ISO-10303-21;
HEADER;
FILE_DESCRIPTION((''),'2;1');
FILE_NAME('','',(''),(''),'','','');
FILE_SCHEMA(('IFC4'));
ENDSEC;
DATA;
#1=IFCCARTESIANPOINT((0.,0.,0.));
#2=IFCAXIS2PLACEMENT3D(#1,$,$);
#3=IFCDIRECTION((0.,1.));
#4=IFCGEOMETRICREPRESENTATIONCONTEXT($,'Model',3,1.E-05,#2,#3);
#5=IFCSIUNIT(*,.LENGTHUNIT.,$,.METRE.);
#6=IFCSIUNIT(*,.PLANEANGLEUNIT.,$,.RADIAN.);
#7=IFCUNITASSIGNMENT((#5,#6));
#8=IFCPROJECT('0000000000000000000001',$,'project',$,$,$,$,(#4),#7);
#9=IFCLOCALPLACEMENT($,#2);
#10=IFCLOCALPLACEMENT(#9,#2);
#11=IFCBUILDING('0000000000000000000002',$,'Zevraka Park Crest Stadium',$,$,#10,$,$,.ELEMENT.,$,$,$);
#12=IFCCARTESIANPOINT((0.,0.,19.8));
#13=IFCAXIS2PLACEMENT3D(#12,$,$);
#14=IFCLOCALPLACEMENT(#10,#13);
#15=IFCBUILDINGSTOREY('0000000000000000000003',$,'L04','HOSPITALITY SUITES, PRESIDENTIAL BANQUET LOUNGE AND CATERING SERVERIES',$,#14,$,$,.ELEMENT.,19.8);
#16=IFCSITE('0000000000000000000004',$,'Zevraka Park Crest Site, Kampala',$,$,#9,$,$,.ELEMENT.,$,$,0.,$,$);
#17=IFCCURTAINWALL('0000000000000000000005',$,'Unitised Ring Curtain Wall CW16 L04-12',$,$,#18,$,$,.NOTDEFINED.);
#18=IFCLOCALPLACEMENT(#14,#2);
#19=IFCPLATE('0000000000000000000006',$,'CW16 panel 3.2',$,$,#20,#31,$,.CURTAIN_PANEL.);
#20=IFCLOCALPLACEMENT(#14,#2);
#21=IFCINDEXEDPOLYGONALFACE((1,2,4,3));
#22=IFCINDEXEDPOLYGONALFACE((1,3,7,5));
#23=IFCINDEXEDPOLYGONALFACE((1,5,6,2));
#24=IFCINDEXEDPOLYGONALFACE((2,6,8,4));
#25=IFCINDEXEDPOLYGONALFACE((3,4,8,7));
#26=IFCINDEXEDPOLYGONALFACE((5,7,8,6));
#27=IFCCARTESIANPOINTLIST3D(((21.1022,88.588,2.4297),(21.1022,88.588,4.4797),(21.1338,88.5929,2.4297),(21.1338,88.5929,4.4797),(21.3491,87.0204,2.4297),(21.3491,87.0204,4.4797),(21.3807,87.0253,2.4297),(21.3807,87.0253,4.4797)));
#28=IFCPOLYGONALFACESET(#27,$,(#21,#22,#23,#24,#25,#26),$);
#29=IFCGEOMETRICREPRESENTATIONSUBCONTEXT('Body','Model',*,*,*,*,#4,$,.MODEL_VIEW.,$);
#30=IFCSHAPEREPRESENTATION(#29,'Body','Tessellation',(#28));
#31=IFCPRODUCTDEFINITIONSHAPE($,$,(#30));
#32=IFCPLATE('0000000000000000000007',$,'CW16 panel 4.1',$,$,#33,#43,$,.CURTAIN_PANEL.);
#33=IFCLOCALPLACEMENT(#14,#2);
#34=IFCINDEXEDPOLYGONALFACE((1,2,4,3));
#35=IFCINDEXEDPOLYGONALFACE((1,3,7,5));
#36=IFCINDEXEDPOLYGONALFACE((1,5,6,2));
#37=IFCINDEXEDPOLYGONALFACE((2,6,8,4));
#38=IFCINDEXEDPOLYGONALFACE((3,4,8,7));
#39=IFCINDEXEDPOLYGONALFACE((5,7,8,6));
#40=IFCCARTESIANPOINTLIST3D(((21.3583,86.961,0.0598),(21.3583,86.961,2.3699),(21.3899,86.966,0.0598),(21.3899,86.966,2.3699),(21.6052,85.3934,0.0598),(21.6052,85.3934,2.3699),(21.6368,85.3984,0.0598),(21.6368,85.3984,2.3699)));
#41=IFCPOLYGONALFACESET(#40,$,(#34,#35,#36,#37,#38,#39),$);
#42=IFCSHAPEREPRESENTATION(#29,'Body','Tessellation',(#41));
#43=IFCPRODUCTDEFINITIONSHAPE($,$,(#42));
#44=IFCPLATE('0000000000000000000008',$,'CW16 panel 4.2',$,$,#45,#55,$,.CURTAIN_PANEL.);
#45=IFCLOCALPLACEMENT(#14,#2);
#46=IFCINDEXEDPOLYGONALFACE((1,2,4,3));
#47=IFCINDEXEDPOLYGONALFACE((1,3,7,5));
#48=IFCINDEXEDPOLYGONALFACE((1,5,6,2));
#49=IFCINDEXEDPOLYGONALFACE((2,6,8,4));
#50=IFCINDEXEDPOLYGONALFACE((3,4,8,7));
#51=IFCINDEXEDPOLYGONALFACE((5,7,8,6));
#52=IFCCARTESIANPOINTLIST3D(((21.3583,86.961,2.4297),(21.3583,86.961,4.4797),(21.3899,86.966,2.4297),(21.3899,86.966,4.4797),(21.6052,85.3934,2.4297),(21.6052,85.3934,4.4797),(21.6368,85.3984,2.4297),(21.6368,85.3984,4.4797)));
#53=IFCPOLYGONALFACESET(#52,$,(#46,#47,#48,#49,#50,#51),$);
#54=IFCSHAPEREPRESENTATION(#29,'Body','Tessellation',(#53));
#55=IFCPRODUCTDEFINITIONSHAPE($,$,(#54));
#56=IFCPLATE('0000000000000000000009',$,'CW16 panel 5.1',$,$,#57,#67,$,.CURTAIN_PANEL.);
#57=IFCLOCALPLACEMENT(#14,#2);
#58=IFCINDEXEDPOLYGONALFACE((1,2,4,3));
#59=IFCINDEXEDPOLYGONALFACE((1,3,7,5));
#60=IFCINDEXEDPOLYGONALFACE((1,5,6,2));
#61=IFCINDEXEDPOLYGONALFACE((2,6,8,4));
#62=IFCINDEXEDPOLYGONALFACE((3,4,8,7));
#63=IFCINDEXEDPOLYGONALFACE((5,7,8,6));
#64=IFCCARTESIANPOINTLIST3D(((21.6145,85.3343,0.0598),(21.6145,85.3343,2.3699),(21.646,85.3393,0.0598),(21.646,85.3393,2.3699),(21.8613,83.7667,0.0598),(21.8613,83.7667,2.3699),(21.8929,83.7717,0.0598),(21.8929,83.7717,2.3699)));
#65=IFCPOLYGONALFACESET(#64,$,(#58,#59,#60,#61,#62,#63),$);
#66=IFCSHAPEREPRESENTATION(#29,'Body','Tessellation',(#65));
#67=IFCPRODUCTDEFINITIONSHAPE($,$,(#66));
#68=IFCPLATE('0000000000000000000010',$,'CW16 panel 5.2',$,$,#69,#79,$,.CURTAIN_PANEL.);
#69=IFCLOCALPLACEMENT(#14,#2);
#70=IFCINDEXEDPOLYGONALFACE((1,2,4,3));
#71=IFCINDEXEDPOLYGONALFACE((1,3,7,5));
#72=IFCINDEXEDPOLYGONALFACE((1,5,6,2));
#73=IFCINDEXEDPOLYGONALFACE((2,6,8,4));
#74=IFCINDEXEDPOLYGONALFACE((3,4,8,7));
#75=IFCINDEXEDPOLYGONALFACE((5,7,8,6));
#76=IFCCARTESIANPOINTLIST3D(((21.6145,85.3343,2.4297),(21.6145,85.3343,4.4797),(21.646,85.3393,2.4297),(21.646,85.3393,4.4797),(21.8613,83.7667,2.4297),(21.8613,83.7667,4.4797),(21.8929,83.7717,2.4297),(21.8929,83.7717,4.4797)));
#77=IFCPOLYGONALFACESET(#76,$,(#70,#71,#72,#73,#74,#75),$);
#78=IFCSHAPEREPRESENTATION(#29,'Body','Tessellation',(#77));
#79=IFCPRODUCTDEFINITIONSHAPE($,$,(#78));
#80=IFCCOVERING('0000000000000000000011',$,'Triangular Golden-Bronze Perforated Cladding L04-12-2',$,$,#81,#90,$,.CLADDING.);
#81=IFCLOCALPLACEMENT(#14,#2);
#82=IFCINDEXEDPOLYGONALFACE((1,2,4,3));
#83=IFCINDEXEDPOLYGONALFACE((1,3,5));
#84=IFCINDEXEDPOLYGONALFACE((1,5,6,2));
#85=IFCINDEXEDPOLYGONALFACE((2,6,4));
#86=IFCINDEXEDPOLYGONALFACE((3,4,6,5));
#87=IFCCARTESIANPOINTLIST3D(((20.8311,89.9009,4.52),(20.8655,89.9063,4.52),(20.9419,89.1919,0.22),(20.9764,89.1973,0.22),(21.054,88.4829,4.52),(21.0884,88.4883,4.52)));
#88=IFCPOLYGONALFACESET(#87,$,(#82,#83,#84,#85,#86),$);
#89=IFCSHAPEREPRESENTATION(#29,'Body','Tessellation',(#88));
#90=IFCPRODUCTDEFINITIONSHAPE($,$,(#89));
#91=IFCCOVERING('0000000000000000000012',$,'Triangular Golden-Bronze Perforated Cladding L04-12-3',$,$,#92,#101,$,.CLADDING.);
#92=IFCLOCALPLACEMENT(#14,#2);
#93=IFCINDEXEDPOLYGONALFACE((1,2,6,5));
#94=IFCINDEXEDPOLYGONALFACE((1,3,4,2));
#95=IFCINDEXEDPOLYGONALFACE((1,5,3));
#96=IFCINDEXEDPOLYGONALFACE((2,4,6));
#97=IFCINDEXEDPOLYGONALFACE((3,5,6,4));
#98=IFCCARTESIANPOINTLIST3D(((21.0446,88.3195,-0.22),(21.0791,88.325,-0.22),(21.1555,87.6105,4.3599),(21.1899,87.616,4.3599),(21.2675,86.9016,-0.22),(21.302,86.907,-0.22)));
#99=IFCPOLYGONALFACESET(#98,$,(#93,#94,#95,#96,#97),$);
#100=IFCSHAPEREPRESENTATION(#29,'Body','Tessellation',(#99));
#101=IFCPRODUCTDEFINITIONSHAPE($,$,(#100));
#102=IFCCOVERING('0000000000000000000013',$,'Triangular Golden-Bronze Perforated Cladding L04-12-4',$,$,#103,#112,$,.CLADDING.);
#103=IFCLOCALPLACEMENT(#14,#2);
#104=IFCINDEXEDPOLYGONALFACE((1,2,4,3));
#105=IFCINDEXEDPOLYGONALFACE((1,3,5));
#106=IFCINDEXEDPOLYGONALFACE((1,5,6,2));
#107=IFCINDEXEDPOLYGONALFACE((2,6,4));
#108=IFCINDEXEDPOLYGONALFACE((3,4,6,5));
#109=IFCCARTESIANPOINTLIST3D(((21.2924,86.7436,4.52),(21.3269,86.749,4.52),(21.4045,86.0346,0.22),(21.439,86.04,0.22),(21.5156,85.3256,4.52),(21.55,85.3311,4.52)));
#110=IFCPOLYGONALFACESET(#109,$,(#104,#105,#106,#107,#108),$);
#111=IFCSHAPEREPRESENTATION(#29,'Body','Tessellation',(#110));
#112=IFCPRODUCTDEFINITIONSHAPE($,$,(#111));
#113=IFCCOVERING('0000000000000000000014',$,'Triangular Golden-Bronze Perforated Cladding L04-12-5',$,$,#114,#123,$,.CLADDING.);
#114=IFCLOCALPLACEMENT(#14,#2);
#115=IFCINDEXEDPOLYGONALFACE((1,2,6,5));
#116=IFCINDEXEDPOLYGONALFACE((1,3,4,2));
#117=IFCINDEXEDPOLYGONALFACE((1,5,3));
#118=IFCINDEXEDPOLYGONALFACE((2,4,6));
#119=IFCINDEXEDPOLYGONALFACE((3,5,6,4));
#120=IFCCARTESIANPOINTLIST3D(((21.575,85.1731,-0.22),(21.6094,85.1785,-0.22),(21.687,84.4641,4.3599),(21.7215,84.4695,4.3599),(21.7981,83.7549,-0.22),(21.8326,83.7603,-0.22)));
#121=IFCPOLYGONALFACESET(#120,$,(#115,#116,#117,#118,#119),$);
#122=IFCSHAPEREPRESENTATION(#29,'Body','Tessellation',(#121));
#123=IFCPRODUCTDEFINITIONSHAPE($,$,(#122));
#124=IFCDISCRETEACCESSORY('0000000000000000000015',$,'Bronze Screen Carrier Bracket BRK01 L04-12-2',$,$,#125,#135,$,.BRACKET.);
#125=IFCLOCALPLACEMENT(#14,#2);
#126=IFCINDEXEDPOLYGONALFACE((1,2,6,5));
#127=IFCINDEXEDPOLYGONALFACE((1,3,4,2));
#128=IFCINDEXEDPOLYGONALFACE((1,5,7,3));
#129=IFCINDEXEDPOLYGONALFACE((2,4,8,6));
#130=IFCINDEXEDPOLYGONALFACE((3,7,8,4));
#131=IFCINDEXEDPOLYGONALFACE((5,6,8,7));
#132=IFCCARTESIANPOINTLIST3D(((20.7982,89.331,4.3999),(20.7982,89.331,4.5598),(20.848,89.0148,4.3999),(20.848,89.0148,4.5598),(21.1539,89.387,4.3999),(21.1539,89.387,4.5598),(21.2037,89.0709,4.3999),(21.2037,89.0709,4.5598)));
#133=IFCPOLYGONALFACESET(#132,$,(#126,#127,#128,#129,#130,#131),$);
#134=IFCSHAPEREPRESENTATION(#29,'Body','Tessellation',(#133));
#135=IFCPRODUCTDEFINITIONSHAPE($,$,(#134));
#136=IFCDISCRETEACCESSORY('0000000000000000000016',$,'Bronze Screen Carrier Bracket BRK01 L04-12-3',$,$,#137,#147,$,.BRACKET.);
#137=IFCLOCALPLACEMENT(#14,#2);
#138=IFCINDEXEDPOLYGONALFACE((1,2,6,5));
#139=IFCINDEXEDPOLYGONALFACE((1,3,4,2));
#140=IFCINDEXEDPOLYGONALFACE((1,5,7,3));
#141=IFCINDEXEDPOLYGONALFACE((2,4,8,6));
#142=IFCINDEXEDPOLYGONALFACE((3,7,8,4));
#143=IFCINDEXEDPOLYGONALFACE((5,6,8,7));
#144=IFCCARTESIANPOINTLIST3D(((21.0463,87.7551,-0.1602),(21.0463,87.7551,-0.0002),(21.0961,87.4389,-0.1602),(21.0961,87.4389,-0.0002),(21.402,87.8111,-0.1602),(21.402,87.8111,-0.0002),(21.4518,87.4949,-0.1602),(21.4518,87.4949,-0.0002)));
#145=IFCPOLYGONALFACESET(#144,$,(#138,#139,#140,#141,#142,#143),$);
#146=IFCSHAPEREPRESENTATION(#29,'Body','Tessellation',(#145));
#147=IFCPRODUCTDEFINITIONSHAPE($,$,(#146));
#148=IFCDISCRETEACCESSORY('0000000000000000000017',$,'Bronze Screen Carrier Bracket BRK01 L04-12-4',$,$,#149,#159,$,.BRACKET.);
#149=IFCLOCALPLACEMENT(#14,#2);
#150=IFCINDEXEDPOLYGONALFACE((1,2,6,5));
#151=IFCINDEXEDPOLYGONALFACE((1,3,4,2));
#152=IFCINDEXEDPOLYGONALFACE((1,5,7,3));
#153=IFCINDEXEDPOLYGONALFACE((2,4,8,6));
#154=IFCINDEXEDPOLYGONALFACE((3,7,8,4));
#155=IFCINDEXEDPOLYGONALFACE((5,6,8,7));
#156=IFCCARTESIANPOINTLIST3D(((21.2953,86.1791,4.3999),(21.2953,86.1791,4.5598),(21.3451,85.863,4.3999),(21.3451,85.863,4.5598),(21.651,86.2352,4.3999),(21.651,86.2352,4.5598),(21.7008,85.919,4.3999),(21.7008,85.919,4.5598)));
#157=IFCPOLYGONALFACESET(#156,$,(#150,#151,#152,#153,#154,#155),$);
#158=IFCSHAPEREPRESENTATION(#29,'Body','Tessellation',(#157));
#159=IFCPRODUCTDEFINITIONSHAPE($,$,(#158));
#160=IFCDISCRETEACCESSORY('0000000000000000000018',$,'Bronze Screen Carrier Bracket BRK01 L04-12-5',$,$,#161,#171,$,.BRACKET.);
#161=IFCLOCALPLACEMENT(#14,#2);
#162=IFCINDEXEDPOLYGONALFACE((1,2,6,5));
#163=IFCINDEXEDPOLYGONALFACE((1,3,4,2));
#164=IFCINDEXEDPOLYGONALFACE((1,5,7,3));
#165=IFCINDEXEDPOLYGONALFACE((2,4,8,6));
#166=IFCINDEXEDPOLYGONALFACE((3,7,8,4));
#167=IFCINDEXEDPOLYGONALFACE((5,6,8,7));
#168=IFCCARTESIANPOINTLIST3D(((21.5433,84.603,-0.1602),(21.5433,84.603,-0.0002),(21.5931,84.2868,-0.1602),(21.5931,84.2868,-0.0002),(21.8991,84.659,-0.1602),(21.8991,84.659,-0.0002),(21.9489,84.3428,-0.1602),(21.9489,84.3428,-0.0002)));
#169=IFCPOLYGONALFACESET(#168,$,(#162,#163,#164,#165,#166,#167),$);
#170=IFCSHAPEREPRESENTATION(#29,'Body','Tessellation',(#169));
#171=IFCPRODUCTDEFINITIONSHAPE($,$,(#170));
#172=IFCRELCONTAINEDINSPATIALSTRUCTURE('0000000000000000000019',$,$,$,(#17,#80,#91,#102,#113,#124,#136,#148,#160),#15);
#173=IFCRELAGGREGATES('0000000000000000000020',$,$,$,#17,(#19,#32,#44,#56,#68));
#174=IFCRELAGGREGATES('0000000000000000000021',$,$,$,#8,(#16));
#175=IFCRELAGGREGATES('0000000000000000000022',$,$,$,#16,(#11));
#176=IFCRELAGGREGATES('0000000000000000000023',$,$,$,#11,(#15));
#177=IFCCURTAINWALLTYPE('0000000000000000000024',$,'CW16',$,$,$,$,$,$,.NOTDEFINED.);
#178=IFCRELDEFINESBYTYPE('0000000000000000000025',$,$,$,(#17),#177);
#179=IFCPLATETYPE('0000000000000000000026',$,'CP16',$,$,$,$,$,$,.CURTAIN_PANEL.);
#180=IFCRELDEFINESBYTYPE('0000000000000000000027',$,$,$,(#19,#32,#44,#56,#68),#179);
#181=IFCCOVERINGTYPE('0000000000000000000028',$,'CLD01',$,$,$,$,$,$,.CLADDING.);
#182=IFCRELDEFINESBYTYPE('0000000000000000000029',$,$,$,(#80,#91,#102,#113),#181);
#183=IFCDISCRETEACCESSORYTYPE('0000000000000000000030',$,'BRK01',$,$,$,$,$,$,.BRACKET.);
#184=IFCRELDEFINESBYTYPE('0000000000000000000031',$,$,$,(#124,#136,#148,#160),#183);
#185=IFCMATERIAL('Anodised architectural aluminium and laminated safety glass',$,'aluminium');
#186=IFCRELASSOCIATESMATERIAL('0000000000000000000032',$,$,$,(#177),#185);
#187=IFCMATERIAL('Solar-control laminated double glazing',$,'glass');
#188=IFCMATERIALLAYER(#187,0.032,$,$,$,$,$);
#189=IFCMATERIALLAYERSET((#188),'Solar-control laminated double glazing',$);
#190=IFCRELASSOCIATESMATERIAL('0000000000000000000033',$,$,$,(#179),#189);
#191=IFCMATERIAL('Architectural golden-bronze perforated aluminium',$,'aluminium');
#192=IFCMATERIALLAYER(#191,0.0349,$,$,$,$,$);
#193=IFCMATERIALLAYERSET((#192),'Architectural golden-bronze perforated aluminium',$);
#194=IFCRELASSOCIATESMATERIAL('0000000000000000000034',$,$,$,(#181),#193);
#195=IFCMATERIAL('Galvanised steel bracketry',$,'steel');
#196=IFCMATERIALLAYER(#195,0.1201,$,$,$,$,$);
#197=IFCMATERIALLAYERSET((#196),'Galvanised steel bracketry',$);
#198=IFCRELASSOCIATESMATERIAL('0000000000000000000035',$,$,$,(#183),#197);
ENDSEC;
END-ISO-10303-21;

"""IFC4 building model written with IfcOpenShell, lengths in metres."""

from ifc_helpers import new_model, si_unit, direction, frame, origin, origin_2d, place, context, subcontext, project, spatial, polyline, rectangle, outline, extrude, material, layer, layer_set, type_object, element, aggregate, save


model = new_model("IFC4")

# Units and contexts
model_context = context("Model", 3, precision=1e-05, world=origin(), true_north=direction((0.0, 1.0)))
body_context = subcontext(model_context, "Body", "Model", "MODEL_VIEW")
ifc_project = project(units=[si_unit("LENGTHUNIT", "METRE"), si_unit("PLANEANGLEUNIT", "RADIAN")], contexts=[model_context])

# Site, building, storey
site_placement = place(None, origin())
site = spatial("IfcSite", under=ifc_project, at=site_placement, Name="Zevraka Park Crest Site, Kampala", CompositionType="ELEMENT", RefElevation=0.0)
building_placement = place(site_placement, origin())
building = spatial("IfcBuilding", under=site, at=building_placement, Name="Zevraka Park Crest Stadium", CompositionType="ELEMENT")
storey_placement = place(building_placement, frame((0.0, 0.0, 19.8)))
storey = spatial("IfcBuildingStorey", under=building, at=storey_placement, Name="L04", Description="HOSPITALITY SUITES, PRESIDENTIAL BANQUET LOUNGE AND CATERING SERVERIES", CompositionType="ELEMENT", Elevation=19.8)

# Curtain wall, plates
ifc_material_1 = material(Name="Anodised architectural aluminium and laminated safety glass", Category="aluminium")
curtain_wall_type = type_object("IfcCurtainWallType", Name="CW16", PredefinedType="NOTDEFINED", material=ifc_material_1)
curtain_wall_placement = place(storey_placement, origin())
curtain_wall = element("IfcCurtainWall", 1, at=curtain_wall_placement, inside=storey, type_object=curtain_wall_type, Name="Unitised Ring Curtain Wall CW16 L04-12", PredefinedType="NOTDEFINED")
ifc_material_2 = material(Name="Solar-control laminated double glazing", Category="glass")
ifc_layer_1 = layer(ifc_material_2, 0.032)
ifc_layer_set_1 = layer_set([ifc_layer_1], Name="Solar-control laminated double glazing")
plate_type = type_object("IfcPlateType", Name="CP16", PredefinedType="CURTAIN_PANEL", material=ifc_layer_set_1)
plate_1_placement = place(storey_placement, frame((21.2415, 87.8066, 2.4297), z_axis=(0.0, 0.0, 1.0), x_axis=(0.155539, -0.98783, 0.0)))
plate_1 = element("IfcPlate", 2, at=plate_1_placement, type_object=plate_type, Name="CW16 panel 3.2", PredefinedType="CURTAIN_PANEL", context=body_context, shape_type="SweptSolid", body=[
    extrude(rectangle(XDim=1.5869, YDim=0.032, at=origin_2d()), origin(), (0.0, 0.0, 1.0), 2.05),
])
plate_2_placement = place(storey_placement, frame((21.4976, 86.1797, 0.0598), z_axis=(0.0, 0.0, 1.0), x_axis=(0.155539, -0.98783, 0.0)))
plate_2 = element("IfcPlate", 3, at=plate_2_placement, type_object=plate_type, Name="CW16 panel 4.1", PredefinedType="CURTAIN_PANEL", context=body_context, shape_type="SweptSolid", body=[
    extrude(rectangle(XDim=1.5869, YDim=0.032, at=origin_2d()), origin(), (0.0, 0.0, 1.0), 2.3101),
])
plate_3_placement = place(storey_placement, frame((21.4976, 86.1797, 2.4297), z_axis=(0.0, 0.0, 1.0), x_axis=(0.155539, -0.98783, 0.0)))
plate_3 = element("IfcPlate", 4, at=plate_3_placement, type_object=plate_type, Name="CW16 panel 4.2", PredefinedType="CURTAIN_PANEL", context=body_context, shape_type="SweptSolid", body=[
    extrude(rectangle(XDim=1.5869, YDim=0.032, at=origin_2d()), origin(), (0.0, 0.0, 1.0), 2.05),
])
plate_4_placement = place(storey_placement, frame((21.7537, 84.553, 0.0598), z_axis=(0.0, 0.0, 1.0), x_axis=(0.155539, -0.98783, 0.0)))
plate_4 = element("IfcPlate", 5, at=plate_4_placement, type_object=plate_type, Name="CW16 panel 5.1", PredefinedType="CURTAIN_PANEL", context=body_context, shape_type="SweptSolid", body=[
    extrude(rectangle(XDim=1.5869, YDim=0.032, at=origin_2d()), origin(), (0.0, 0.0, 1.0), 2.3101),
])
plate_5_placement = place(storey_placement, frame((21.7537, 84.553, 2.4297), z_axis=(0.0, 0.0, 1.0), x_axis=(0.155539, -0.98783, 0.0)))
plate_5 = element("IfcPlate", 6, at=plate_5_placement, type_object=plate_type, Name="CW16 panel 5.2", PredefinedType="CURTAIN_PANEL", context=body_context, shape_type="SweptSolid", body=[
    extrude(rectangle(XDim=1.5869, YDim=0.032, at=origin_2d()), origin(), (0.0, 0.0, 1.0), 2.05),
])
aggregate(curtain_wall, [plate_1, plate_2, plate_3, plate_4, plate_5])

# Coverings
ifc_material_3 = material(Name="Architectural golden-bronze perforated aluminium", Category="aluminium")
ifc_layer_2 = layer(ifc_material_3, 0.0349)
ifc_layer_set_2 = layer_set([ifc_layer_2], Name="Architectural golden-bronze perforated aluminium")
covering_type = type_object("IfcCoveringType", Name="CLD01", PredefinedType="CLADDING", material=ifc_layer_set_2)
covering_1_placement = place(storey_placement, frame((21.054, 88.4829, 4.52), z_axis=(-0.987869, -0.15529, 0.00014), x_axis=(-0.15529, 0.987869, 0.0)))
element("IfcCovering", 7, at=covering_1_placement, inside=storey, type_object=covering_type, Name="Triangular Golden-Bronze Perforated Cladding L04-12-2", PredefinedType="CLADDING", context=body_context, shape_type="SweptSolid", body=[
    extrude(outline(polyline([(0.0, 0.0), (1.4354, 0.0), (0.7178, 4.3), (0.0, 0.0)])), origin(), (0.0, 0.0, -1.0), 0.0349),
])
covering_2_placement = place(storey_placement, frame((21.0791, 88.325, -0.22), z_axis=(0.987869, 0.15529, 0.000132), x_axis=(0.15529, -0.987869, 0.0)))
element("IfcCovering", 8, at=covering_2_placement, inside=storey, type_object=covering_type, Name="Triangular Golden-Bronze Perforated Cladding L04-12-3", PredefinedType="CLADDING", context=body_context, shape_type="SweptSolid", body=[
    extrude(outline(polyline([(0.0, 0.0), (1.4354, 0.0), (0.7176, -4.5798), (0.0, 0.0)])), origin(), (0.0, 0.0, -1.0), 0.0349),
])
covering_3_placement = place(storey_placement, frame((21.55, 85.3311, 4.52), z_axis=(0.987843, 0.155456, 0.000112), x_axis=(-0.155456, 0.987843, 0.0)))
element("IfcCovering", 9, at=covering_3_placement, inside=storey, type_object=covering_type, Name="Triangular Golden-Bronze Perforated Cladding L04-12-4", PredefinedType="CLADDING", context=body_context, shape_type="SweptSolid", body=[
    extrude(outline(polyline([(0.0, 0.0), (1.4354, 0.0), (0.7176, -4.3), (0.0, 0.0)])), origin(), (0.0, 0.0, -1.0), 0.0349),
])
covering_4_placement = place(storey_placement, frame((21.575, 85.1731, -0.22), z_axis=(-0.987847, -0.15543, 0.000109), x_axis=(0.15543, -0.987847, 0.0)))
element("IfcCovering", 10, at=covering_4_placement, inside=storey, type_object=covering_type, Name="Triangular Golden-Bronze Perforated Cladding L04-12-5", PredefinedType="CLADDING", context=body_context, shape_type="SweptSolid", body=[
    extrude(outline(polyline([(0.0, 0.0), (1.4357, 0.0), (0.7178, 4.5798), (0.0, 0.0)])), origin(), (0.0, 0.0, -1.0), 0.0349),
])

# Discrete accessories
ifc_material_4 = material(Name="Galvanised steel bracketry", Category="steel")
ifc_layer_3 = layer(ifc_material_4, 0.1201)
ifc_layer_set_3 = layer_set([ifc_layer_3], Name="Galvanised steel bracketry")
discrete_accessory_type = type_object("IfcDiscreteAccessoryType", Name="BRK01", PredefinedType="BRACKET", material=ifc_layer_set_3)
for number, where, z_axis, x_axis, name in (
    (11, (21.001, 89.2009, 4.3999), (0.0, 0.0, 1.0), (0.155572, -0.987824, 0.0), "Bronze Screen Carrier Bracket BRK01 L04-12-2"),
    (12, (21.249, 87.625, -0.1602), (0.0, 0.0, 1.0), (0.155572, -0.987824, 0.0), "Bronze Screen Carrier Bracket BRK01 L04-12-3"),
    (13, (21.498, 86.0491, 4.3999), (0.0, 0.0, 1.0), (0.155572, -0.987824, 0.0), "Bronze Screen Carrier Bracket BRK01 L04-12-4"),
    (14, (21.7461, 84.4729, -0.1602), (0.0, 0.0, 1.0), (0.155572, -0.987824, 0.0), "Bronze Screen Carrier Bracket BRK01 L04-12-5"),
):
    element("IfcDiscreteAccessory", number, at=place(storey_placement, frame(where, z_axis=z_axis, x_axis=x_axis)), inside=storey, type_object=discrete_accessory_type, Name=name, PredefinedType="BRACKET", context=body_context, shape_type="SweptSolid", body=[
        extrude(rectangle(XDim=0.3201, YDim=0.3601, at=origin_2d()), origin(), (0.0, 0.0, 1.0), 0.1599),
    ])

save(model, "model.ifc")
